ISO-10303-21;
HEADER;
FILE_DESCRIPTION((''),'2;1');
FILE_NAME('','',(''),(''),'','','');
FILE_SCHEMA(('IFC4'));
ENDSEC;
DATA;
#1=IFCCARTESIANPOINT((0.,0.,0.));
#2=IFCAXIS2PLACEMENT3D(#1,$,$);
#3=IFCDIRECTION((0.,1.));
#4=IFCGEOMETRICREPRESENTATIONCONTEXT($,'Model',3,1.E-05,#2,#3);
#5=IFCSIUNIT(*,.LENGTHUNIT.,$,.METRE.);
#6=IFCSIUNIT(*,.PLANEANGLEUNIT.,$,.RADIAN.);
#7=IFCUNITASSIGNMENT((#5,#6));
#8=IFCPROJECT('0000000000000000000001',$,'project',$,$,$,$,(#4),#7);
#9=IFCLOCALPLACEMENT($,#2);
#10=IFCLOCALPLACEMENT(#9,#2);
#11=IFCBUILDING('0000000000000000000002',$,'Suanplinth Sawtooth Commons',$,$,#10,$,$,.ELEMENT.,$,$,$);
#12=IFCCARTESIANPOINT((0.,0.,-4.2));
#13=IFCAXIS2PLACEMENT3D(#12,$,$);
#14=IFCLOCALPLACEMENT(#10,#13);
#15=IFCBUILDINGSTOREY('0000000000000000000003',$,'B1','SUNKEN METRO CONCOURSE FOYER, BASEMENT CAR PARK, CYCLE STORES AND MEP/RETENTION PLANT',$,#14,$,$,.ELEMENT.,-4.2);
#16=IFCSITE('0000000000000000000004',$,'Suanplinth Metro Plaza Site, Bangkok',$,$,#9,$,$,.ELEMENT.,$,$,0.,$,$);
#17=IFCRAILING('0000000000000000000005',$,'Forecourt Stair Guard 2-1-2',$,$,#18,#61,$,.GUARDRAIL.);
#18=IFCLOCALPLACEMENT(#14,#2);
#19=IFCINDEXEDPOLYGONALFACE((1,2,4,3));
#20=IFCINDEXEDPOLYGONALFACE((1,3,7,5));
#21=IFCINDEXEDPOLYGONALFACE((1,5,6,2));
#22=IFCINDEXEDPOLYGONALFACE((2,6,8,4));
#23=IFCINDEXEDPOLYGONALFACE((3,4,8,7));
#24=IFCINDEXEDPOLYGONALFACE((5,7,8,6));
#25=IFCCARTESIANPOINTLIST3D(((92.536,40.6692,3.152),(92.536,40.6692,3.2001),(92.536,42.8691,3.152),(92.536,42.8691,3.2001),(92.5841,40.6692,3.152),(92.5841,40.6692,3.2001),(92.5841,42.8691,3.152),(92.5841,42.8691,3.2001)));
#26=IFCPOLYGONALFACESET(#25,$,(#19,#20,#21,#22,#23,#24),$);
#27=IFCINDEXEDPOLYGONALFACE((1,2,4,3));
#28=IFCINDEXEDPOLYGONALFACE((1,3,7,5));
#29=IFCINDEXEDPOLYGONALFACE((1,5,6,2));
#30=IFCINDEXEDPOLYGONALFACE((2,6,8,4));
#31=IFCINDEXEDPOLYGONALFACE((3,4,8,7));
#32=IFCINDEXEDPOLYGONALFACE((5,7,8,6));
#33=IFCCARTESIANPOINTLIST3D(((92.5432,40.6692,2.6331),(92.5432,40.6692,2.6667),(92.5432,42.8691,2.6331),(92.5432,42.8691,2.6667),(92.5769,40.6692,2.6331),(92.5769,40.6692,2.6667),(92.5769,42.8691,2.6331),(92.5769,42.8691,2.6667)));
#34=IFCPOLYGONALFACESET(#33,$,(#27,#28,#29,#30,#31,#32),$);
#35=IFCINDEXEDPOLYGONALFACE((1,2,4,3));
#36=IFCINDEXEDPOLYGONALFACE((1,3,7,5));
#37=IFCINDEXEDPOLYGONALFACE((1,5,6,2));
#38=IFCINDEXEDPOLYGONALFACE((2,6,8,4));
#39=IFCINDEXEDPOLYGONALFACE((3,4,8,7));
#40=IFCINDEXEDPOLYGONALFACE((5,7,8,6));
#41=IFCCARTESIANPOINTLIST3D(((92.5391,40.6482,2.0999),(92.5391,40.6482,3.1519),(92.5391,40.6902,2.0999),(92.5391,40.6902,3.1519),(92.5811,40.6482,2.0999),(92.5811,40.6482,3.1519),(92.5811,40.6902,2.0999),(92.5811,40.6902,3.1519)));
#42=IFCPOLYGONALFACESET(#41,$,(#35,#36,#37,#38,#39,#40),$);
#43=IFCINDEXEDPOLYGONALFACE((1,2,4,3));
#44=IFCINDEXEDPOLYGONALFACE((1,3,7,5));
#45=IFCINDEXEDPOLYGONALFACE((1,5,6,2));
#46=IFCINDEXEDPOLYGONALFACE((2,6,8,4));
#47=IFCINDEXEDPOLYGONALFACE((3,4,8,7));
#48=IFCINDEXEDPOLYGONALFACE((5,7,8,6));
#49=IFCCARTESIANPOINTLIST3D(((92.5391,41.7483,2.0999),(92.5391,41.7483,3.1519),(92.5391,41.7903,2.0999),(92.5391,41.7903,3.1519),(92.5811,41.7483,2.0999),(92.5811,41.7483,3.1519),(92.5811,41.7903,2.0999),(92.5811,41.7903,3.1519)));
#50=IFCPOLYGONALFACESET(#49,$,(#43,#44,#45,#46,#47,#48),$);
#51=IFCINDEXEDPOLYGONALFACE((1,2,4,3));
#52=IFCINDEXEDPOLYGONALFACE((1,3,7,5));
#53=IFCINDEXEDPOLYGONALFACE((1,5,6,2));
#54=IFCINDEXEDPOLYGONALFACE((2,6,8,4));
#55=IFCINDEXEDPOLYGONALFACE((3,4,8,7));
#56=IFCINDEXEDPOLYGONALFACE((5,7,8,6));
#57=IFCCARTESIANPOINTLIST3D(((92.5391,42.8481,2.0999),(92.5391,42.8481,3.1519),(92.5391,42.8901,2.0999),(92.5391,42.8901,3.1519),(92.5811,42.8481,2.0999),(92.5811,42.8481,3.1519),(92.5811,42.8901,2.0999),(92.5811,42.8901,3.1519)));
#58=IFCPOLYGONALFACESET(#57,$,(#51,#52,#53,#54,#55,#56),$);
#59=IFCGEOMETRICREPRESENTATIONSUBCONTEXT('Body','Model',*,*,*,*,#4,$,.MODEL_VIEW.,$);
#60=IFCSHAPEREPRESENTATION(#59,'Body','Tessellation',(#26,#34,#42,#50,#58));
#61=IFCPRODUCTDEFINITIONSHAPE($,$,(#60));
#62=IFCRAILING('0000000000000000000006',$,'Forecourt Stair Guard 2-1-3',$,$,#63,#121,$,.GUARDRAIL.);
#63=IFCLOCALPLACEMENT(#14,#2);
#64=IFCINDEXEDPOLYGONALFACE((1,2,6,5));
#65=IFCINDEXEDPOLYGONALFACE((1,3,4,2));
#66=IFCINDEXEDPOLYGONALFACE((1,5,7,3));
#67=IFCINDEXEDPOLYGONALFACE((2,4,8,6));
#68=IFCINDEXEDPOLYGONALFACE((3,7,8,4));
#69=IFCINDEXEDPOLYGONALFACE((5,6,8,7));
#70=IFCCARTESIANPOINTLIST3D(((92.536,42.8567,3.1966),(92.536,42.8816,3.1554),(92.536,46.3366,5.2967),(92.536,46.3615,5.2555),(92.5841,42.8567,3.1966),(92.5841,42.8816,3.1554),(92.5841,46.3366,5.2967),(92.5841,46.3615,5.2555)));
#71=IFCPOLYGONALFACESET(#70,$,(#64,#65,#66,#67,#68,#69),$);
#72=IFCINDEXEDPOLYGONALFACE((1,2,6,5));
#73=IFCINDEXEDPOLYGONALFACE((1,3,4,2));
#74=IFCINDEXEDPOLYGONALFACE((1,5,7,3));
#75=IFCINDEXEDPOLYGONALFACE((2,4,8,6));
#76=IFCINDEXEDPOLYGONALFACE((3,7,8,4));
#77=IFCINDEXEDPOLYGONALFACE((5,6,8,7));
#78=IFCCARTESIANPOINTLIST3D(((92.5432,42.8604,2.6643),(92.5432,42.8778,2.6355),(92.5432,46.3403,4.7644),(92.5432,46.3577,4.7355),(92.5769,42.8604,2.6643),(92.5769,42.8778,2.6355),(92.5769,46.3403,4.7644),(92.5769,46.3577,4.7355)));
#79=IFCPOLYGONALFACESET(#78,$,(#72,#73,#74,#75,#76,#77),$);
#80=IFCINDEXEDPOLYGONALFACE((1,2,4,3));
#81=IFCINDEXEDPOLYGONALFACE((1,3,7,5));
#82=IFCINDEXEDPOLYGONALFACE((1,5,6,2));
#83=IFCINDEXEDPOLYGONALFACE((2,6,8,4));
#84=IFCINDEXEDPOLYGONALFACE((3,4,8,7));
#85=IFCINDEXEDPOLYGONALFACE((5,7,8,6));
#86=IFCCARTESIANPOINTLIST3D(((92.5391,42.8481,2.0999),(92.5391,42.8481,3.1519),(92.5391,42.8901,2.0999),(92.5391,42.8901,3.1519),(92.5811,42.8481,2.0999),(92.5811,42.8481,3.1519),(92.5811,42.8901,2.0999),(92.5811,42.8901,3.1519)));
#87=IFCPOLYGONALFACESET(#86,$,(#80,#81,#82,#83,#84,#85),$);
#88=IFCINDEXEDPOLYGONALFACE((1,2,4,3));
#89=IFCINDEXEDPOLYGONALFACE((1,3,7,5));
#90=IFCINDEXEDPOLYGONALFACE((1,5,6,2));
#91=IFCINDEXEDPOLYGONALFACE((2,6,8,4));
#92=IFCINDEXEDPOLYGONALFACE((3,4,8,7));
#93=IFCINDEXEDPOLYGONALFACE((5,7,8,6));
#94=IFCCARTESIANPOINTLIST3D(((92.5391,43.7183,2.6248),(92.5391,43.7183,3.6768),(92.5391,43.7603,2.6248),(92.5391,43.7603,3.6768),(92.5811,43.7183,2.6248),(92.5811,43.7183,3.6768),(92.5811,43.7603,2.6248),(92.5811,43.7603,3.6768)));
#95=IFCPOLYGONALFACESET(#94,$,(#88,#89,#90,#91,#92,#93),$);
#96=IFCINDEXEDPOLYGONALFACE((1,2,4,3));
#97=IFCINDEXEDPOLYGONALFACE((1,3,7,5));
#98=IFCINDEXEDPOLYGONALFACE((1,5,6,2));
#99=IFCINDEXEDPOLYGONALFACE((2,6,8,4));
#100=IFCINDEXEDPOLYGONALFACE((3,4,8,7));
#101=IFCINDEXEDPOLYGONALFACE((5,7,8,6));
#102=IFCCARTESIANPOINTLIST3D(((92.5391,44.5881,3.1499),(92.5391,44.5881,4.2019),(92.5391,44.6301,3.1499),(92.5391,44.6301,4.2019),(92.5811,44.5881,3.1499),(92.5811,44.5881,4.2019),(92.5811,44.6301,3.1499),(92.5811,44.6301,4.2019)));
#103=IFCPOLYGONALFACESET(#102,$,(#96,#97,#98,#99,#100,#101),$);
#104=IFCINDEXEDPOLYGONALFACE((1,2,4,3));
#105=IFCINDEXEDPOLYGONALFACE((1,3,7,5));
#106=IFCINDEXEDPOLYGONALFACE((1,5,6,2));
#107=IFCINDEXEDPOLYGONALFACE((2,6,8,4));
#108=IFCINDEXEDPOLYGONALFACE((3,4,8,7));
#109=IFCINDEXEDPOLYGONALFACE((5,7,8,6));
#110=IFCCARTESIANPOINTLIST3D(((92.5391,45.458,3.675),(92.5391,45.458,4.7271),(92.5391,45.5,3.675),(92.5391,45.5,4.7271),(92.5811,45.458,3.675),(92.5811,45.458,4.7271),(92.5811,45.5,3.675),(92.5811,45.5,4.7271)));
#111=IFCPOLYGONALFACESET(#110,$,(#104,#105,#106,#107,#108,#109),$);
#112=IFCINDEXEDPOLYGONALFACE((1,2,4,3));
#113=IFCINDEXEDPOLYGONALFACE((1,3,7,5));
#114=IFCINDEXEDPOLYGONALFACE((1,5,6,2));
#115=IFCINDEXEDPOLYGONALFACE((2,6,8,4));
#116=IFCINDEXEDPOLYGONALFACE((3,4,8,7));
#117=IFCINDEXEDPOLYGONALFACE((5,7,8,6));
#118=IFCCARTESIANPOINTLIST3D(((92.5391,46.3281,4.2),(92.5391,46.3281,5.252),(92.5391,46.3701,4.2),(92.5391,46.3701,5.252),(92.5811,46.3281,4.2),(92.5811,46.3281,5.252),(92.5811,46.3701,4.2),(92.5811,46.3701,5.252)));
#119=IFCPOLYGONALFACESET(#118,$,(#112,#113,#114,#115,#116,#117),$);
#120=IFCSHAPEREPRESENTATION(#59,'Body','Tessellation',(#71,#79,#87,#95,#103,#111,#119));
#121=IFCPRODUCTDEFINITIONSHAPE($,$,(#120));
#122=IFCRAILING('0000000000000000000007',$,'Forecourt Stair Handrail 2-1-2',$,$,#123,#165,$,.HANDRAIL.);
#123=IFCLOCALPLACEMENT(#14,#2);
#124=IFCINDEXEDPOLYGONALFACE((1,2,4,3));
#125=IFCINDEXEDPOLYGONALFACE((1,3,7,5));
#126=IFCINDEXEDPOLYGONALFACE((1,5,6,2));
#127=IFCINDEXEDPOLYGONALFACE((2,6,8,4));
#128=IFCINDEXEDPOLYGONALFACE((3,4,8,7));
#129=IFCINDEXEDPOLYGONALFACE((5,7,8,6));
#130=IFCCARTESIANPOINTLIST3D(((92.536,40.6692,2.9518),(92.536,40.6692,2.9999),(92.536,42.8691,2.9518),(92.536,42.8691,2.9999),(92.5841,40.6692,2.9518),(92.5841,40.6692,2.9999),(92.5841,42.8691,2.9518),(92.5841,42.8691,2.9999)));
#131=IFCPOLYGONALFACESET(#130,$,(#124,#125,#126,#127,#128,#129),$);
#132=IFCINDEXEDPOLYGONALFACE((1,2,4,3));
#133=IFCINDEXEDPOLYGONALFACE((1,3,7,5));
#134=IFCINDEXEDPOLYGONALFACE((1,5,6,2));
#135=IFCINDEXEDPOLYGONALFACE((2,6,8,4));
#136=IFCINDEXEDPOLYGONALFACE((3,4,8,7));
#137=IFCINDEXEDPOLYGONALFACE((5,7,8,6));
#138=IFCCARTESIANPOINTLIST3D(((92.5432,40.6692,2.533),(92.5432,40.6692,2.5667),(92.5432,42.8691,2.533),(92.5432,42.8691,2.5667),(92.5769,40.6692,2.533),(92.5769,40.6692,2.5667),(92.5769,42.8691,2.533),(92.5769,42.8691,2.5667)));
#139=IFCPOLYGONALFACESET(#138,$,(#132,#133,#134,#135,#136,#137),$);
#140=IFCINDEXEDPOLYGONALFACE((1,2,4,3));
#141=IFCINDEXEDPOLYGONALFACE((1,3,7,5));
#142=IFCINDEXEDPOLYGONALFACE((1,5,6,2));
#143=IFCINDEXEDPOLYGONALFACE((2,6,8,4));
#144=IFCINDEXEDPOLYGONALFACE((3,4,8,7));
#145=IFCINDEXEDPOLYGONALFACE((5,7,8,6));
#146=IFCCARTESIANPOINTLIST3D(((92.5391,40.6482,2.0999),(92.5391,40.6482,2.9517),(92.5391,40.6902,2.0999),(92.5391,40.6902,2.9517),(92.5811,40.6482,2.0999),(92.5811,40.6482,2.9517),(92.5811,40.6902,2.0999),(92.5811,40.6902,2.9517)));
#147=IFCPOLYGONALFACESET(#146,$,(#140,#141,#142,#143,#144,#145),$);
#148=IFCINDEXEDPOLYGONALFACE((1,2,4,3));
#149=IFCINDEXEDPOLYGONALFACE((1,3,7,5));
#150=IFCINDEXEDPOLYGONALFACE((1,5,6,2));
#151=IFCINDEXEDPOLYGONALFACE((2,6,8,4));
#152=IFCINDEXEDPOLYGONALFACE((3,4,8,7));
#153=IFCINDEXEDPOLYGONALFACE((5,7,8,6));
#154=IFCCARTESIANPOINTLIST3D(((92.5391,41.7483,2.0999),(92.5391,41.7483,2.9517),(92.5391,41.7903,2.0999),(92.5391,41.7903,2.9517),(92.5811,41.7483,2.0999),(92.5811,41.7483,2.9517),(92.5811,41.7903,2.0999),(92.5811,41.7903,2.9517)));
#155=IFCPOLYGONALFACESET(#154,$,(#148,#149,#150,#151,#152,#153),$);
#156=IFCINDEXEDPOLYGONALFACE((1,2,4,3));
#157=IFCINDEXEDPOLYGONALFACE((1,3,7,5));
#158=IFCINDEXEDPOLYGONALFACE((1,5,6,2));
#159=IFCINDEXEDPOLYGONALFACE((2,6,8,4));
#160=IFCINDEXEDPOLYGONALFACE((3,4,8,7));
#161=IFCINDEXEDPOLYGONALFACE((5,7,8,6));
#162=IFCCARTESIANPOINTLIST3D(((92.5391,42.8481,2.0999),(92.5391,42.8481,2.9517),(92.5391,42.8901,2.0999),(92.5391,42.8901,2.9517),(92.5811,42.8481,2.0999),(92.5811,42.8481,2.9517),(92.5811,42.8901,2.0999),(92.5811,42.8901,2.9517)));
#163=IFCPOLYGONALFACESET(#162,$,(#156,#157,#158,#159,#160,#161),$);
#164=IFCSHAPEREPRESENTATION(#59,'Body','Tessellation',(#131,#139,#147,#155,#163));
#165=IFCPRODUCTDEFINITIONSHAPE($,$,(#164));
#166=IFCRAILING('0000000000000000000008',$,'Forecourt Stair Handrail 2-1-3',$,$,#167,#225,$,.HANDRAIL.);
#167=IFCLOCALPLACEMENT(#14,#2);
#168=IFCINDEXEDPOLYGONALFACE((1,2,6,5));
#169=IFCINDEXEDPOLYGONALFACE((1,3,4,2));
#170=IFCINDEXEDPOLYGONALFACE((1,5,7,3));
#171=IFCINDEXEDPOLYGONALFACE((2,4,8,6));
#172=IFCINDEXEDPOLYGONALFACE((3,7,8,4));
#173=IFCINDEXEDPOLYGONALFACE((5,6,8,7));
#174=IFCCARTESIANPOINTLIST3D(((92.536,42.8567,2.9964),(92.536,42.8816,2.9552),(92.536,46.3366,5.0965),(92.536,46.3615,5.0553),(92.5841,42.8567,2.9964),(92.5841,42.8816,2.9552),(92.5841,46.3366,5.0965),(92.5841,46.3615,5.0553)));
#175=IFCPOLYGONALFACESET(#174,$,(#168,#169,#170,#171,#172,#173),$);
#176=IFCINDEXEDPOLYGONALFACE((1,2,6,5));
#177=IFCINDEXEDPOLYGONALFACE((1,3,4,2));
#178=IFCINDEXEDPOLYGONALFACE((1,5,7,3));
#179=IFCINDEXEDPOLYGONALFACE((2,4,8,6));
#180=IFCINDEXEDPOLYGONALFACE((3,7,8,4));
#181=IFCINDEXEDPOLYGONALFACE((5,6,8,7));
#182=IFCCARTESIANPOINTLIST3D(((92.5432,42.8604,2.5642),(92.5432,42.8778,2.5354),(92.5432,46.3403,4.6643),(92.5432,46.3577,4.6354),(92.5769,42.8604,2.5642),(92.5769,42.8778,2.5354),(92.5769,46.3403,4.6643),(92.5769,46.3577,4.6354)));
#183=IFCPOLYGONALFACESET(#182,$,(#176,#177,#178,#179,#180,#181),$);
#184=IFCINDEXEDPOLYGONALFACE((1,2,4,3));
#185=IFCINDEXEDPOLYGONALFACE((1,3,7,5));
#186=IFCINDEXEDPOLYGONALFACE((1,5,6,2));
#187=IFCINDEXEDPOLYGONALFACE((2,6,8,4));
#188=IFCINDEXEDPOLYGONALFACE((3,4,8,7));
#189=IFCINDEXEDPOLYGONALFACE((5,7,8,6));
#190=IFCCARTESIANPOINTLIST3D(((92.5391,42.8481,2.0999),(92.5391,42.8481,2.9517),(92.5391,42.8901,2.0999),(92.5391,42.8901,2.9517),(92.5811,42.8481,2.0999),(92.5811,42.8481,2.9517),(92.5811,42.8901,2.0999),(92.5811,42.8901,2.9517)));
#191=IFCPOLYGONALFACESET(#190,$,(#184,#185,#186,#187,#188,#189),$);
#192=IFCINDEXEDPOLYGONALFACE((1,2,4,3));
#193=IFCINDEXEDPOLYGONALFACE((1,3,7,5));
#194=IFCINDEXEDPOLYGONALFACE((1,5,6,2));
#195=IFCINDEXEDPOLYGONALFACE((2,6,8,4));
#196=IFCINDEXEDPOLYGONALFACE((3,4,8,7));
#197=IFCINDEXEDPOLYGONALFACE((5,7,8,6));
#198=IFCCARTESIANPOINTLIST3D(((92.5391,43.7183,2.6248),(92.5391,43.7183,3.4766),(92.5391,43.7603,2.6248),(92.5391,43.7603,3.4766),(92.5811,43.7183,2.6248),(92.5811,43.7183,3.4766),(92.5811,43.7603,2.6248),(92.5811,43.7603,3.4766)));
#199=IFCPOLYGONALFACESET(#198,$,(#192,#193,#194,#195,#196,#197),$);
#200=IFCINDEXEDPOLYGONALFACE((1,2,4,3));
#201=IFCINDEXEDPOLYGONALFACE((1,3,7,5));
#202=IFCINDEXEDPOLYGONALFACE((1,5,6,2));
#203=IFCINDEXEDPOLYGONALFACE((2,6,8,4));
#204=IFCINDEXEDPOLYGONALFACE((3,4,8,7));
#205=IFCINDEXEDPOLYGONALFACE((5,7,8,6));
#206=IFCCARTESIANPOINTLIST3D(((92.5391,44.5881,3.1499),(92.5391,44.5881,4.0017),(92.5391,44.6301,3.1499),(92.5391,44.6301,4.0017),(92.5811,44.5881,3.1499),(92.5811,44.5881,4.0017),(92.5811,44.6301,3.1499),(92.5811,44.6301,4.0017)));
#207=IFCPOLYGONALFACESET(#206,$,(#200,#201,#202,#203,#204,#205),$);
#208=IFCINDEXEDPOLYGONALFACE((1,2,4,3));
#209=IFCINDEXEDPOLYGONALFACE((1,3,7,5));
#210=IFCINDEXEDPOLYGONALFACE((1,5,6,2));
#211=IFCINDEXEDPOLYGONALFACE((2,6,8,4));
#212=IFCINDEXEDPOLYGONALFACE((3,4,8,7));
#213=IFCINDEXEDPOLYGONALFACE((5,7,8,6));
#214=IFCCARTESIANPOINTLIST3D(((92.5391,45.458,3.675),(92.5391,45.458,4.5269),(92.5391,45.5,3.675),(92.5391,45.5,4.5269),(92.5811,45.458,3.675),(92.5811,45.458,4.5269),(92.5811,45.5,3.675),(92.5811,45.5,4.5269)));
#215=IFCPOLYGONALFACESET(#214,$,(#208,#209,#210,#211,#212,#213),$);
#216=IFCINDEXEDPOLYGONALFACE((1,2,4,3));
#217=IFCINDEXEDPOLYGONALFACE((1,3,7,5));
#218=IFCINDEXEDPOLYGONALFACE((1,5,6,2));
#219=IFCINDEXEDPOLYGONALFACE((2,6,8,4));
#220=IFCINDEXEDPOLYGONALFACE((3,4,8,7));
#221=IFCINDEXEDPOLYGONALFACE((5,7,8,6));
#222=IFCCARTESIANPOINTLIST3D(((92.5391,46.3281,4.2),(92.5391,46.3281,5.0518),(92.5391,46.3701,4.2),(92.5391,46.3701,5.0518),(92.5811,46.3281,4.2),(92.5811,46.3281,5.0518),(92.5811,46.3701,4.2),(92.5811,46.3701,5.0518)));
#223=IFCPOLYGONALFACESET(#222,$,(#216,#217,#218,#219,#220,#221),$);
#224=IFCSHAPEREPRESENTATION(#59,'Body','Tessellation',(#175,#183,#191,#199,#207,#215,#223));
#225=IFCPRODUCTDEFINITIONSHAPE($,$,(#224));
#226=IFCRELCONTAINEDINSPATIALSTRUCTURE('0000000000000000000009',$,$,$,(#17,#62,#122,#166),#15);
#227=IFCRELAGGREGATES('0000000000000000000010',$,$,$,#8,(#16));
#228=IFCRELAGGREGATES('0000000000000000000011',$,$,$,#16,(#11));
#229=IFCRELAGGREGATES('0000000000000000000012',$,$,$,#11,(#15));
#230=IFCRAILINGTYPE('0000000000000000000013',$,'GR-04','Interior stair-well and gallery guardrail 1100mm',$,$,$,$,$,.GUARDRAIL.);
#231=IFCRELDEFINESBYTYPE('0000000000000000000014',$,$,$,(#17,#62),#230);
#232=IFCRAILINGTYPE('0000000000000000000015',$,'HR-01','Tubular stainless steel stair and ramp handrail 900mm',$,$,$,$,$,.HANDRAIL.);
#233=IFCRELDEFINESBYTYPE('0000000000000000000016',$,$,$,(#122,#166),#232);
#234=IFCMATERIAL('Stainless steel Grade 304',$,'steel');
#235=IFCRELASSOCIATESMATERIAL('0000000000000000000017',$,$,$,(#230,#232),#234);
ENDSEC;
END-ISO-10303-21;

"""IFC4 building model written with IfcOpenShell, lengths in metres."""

from ifc_helpers import new_model, si_unit, direction, frame, origin, origin_2d, place, context, subcontext, project, spatial, rectangle, extrude, material, type_object, element, save


model = new_model("IFC4")

# Units and contexts
model_context = context("Model", 3, precision=1e-05, world=origin(), true_north=direction((0.0, 1.0)))
body_context = subcontext(model_context, "Body", "Model", "MODEL_VIEW")
ifc_project = project(units=[si_unit("LENGTHUNIT", "METRE"), si_unit("PLANEANGLEUNIT", "RADIAN")], contexts=[model_context])

# Site, building, storey
site_placement = place(None, origin())
site = spatial("IfcSite", under=ifc_project, at=site_placement, Name="Suanplinth Metro Plaza Site, Bangkok", CompositionType="ELEMENT", RefElevation=0.0)
building_placement = place(site_placement, origin())
building = spatial("IfcBuilding", under=site, at=building_placement, Name="Suanplinth Sawtooth Commons", CompositionType="ELEMENT")
storey_placement = place(building_placement, frame((0.0, 0.0, -4.2)))
storey = spatial("IfcBuildingStorey", under=building, at=storey_placement, Name="B1", Description="SUNKEN METRO CONCOURSE FOYER, BASEMENT CAR PARK, CYCLE STORES AND MEP/RETENTION PLANT", CompositionType="ELEMENT", Elevation=-4.2)

# Railings
ifc_material_1 = material(Name="Stainless steel Grade 304", Category="steel")
railing_type_1 = type_object("IfcRailingType", Name="GR-04", Description="Interior stair-well and gallery guardrail 1100mm", PredefinedType="GUARDRAIL", material=ifc_material_1)
railing_1_placement = place(storey_placement, frame((92.5601, 40.6692, 2.0999)))
element("IfcRailing", 1, at=railing_1_placement, inside=storey, type_object=railing_type_1, Name="Forecourt Stair Guard 2-1-2", PredefinedType="GUARDRAIL", context=body_context, shape_type="SweptSolid", body=[
    extrude(rectangle(XDim=0.0481, YDim=0.0481, at=origin_2d()), frame((0.0, 0.0, 1.0762), z_axis=(0.0, 1.0, 0.0), x_axis=(-1.0, 0.0, 0.0)), (0.0, 0.0, 1.0), 2.2),
    extrude(rectangle(XDim=0.0337, YDim=0.0337, at=origin_2d()), frame((0.0, 0.0, 0.55), z_axis=(0.0, 1.0, 0.0), x_axis=(-1.0, 0.0, 0.0)), (0.0, 0.0, 1.0), 2.2),
    extrude(rectangle(XDim=0.042, YDim=0.042, at=origin_2d()), origin(), (0.0, 0.0, 1.0), 1.052),
    extrude(rectangle(XDim=0.042, YDim=0.042, at=origin_2d()), frame((0.0, 1.1001, 0.0)), (0.0, 0.0, 1.0), 1.052),
    extrude(rectangle(XDim=0.042, YDim=0.042, at=origin_2d()), frame((0.0, 2.2, 0.0)), (0.0, 0.0, 1.0), 1.052),
])
railing_2_placement = place(storey_placement, frame((92.5601, 42.8691, 2.0999)))
element("IfcRailing", 2, at=railing_2_placement, inside=storey, type_object=railing_type_1, Name="Forecourt Stair Guard 2-1-3", PredefinedType="GUARDRAIL", context=body_context, shape_type="SweptSolid", body=[
    extrude(rectangle(XDim=0.0481, YDim=0.0481, at=origin_2d()), frame((0.0, 0.0, 1.0762), z_axis=(0.0, 0.856176, 0.516685), x_axis=(-1.0, 0.0, 0.0)), (0.0, 0.0, 1.0), 4.0645),
    extrude(rectangle(XDim=0.0337, YDim=0.0337, at=origin_2d()), frame((0.0, 0.0, 0.55), z_axis=(0.0, 0.856176, 0.516685), x_axis=(-1.0, 0.0, 0.0)), (0.0, 0.0, 1.0), 4.0645),
    extrude(rectangle(XDim=0.042, YDim=0.042, at=origin_2d()), origin(), (0.0, 0.0, 1.0), 1.052),
    extrude(rectangle(XDim=0.042, YDim=0.042, at=origin_2d()), frame((0.0, 0.8701, 0.5249)), (0.0, 0.0, 1.0), 1.052),
    extrude(rectangle(XDim=0.042, YDim=0.042, at=origin_2d()), frame((0.0, 1.74, 1.05)), (0.0, 0.0, 1.0), 1.052),
    extrude(rectangle(XDim=0.042, YDim=0.042, at=origin_2d()), frame((0.0, 2.6099, 1.5752)), (0.0, 0.0, 1.0), 1.052),
    extrude(rectangle(XDim=0.042, YDim=0.042, at=origin_2d()), frame((0.0, 3.48, 2.1001)), (0.0, 0.0, 1.0), 1.052),
])
railing_type_2 = type_object("IfcRailingType", Name="HR-01", Description="Tubular stainless steel stair and ramp handrail 900mm", PredefinedType="HANDRAIL", material=ifc_material_1)
railing_3_placement = place(storey_placement, frame((92.5601, 40.6692, 2.0999)))
element("IfcRailing", 3, at=railing_3_placement, inside=storey, type_object=railing_type_2, Name="Forecourt Stair Handrail 2-1-2", PredefinedType="HANDRAIL", context=body_context, shape_type="SweptSolid", body=[
    extrude(rectangle(XDim=0.0481, YDim=0.0481, at=origin_2d()), frame((0.0, 0.0, 0.876), z_axis=(0.0, 1.0, 0.0), x_axis=(-1.0, 0.0, 0.0)), (0.0, 0.0, 1.0), 2.2),
    extrude(rectangle(XDim=0.0337, YDim=0.0337, at=origin_2d()), frame((0.0, 0.0, 0.45), z_axis=(0.0, 1.0, 0.0), x_axis=(-1.0, 0.0, 0.0)), (0.0, 0.0, 1.0), 2.2),
    extrude(rectangle(XDim=0.042, YDim=0.042, at=origin_2d()), origin(), (0.0, 0.0, 1.0), 0.8518),
    extrude(rectangle(XDim=0.042, YDim=0.042, at=origin_2d()), frame((0.0, 1.1001, 0.0)), (0.0, 0.0, 1.0), 0.8518),
    extrude(rectangle(XDim=0.042, YDim=0.042, at=origin_2d()), frame((0.0, 2.2, 0.0)), (0.0, 0.0, 1.0), 0.8518),
])
railing_4_placement = place(storey_placement, frame((92.5601, 42.8691, 2.0999)))
element("IfcRailing", 4, at=railing_4_placement, inside=storey, type_object=railing_type_2, Name="Forecourt Stair Handrail 2-1-3", PredefinedType="HANDRAIL", context=body_context, shape_type="SweptSolid", body=[
    extrude(rectangle(XDim=0.0481, YDim=0.0481, at=origin_2d()), frame((0.0, 0.0, 0.876), z_axis=(0.0, 0.856176, 0.516685), x_axis=(-1.0, 0.0, 0.0)), (0.0, 0.0, 1.0), 4.0645),
    extrude(rectangle(XDim=0.0337, YDim=0.0337, at=origin_2d()), frame((0.0, 0.0, 0.45), z_axis=(0.0, 0.856176, 0.516685), x_axis=(-1.0, 0.0, 0.0)), (0.0, 0.0, 1.0), 4.0645),
    extrude(rectangle(XDim=0.042, YDim=0.042, at=origin_2d()), origin(), (0.0, 0.0, 1.0), 0.8518),
    extrude(rectangle(XDim=0.042, YDim=0.042, at=origin_2d()), frame((0.0, 0.8701, 0.5249)), (0.0, 0.0, 1.0), 0.8518),
    extrude(rectangle(XDim=0.042, YDim=0.042, at=origin_2d()), frame((0.0, 1.74, 1.05)), (0.0, 0.0, 1.0), 0.8518),
    extrude(rectangle(XDim=0.042, YDim=0.042, at=origin_2d()), frame((0.0, 2.6099, 1.5752)), (0.0, 0.0, 1.0), 0.8518),
    extrude(rectangle(XDim=0.042, YDim=0.042, at=origin_2d()), frame((0.0, 3.48, 2.1001)), (0.0, 0.0, 1.0), 0.8518),
])

save(model, "model.ifc")
